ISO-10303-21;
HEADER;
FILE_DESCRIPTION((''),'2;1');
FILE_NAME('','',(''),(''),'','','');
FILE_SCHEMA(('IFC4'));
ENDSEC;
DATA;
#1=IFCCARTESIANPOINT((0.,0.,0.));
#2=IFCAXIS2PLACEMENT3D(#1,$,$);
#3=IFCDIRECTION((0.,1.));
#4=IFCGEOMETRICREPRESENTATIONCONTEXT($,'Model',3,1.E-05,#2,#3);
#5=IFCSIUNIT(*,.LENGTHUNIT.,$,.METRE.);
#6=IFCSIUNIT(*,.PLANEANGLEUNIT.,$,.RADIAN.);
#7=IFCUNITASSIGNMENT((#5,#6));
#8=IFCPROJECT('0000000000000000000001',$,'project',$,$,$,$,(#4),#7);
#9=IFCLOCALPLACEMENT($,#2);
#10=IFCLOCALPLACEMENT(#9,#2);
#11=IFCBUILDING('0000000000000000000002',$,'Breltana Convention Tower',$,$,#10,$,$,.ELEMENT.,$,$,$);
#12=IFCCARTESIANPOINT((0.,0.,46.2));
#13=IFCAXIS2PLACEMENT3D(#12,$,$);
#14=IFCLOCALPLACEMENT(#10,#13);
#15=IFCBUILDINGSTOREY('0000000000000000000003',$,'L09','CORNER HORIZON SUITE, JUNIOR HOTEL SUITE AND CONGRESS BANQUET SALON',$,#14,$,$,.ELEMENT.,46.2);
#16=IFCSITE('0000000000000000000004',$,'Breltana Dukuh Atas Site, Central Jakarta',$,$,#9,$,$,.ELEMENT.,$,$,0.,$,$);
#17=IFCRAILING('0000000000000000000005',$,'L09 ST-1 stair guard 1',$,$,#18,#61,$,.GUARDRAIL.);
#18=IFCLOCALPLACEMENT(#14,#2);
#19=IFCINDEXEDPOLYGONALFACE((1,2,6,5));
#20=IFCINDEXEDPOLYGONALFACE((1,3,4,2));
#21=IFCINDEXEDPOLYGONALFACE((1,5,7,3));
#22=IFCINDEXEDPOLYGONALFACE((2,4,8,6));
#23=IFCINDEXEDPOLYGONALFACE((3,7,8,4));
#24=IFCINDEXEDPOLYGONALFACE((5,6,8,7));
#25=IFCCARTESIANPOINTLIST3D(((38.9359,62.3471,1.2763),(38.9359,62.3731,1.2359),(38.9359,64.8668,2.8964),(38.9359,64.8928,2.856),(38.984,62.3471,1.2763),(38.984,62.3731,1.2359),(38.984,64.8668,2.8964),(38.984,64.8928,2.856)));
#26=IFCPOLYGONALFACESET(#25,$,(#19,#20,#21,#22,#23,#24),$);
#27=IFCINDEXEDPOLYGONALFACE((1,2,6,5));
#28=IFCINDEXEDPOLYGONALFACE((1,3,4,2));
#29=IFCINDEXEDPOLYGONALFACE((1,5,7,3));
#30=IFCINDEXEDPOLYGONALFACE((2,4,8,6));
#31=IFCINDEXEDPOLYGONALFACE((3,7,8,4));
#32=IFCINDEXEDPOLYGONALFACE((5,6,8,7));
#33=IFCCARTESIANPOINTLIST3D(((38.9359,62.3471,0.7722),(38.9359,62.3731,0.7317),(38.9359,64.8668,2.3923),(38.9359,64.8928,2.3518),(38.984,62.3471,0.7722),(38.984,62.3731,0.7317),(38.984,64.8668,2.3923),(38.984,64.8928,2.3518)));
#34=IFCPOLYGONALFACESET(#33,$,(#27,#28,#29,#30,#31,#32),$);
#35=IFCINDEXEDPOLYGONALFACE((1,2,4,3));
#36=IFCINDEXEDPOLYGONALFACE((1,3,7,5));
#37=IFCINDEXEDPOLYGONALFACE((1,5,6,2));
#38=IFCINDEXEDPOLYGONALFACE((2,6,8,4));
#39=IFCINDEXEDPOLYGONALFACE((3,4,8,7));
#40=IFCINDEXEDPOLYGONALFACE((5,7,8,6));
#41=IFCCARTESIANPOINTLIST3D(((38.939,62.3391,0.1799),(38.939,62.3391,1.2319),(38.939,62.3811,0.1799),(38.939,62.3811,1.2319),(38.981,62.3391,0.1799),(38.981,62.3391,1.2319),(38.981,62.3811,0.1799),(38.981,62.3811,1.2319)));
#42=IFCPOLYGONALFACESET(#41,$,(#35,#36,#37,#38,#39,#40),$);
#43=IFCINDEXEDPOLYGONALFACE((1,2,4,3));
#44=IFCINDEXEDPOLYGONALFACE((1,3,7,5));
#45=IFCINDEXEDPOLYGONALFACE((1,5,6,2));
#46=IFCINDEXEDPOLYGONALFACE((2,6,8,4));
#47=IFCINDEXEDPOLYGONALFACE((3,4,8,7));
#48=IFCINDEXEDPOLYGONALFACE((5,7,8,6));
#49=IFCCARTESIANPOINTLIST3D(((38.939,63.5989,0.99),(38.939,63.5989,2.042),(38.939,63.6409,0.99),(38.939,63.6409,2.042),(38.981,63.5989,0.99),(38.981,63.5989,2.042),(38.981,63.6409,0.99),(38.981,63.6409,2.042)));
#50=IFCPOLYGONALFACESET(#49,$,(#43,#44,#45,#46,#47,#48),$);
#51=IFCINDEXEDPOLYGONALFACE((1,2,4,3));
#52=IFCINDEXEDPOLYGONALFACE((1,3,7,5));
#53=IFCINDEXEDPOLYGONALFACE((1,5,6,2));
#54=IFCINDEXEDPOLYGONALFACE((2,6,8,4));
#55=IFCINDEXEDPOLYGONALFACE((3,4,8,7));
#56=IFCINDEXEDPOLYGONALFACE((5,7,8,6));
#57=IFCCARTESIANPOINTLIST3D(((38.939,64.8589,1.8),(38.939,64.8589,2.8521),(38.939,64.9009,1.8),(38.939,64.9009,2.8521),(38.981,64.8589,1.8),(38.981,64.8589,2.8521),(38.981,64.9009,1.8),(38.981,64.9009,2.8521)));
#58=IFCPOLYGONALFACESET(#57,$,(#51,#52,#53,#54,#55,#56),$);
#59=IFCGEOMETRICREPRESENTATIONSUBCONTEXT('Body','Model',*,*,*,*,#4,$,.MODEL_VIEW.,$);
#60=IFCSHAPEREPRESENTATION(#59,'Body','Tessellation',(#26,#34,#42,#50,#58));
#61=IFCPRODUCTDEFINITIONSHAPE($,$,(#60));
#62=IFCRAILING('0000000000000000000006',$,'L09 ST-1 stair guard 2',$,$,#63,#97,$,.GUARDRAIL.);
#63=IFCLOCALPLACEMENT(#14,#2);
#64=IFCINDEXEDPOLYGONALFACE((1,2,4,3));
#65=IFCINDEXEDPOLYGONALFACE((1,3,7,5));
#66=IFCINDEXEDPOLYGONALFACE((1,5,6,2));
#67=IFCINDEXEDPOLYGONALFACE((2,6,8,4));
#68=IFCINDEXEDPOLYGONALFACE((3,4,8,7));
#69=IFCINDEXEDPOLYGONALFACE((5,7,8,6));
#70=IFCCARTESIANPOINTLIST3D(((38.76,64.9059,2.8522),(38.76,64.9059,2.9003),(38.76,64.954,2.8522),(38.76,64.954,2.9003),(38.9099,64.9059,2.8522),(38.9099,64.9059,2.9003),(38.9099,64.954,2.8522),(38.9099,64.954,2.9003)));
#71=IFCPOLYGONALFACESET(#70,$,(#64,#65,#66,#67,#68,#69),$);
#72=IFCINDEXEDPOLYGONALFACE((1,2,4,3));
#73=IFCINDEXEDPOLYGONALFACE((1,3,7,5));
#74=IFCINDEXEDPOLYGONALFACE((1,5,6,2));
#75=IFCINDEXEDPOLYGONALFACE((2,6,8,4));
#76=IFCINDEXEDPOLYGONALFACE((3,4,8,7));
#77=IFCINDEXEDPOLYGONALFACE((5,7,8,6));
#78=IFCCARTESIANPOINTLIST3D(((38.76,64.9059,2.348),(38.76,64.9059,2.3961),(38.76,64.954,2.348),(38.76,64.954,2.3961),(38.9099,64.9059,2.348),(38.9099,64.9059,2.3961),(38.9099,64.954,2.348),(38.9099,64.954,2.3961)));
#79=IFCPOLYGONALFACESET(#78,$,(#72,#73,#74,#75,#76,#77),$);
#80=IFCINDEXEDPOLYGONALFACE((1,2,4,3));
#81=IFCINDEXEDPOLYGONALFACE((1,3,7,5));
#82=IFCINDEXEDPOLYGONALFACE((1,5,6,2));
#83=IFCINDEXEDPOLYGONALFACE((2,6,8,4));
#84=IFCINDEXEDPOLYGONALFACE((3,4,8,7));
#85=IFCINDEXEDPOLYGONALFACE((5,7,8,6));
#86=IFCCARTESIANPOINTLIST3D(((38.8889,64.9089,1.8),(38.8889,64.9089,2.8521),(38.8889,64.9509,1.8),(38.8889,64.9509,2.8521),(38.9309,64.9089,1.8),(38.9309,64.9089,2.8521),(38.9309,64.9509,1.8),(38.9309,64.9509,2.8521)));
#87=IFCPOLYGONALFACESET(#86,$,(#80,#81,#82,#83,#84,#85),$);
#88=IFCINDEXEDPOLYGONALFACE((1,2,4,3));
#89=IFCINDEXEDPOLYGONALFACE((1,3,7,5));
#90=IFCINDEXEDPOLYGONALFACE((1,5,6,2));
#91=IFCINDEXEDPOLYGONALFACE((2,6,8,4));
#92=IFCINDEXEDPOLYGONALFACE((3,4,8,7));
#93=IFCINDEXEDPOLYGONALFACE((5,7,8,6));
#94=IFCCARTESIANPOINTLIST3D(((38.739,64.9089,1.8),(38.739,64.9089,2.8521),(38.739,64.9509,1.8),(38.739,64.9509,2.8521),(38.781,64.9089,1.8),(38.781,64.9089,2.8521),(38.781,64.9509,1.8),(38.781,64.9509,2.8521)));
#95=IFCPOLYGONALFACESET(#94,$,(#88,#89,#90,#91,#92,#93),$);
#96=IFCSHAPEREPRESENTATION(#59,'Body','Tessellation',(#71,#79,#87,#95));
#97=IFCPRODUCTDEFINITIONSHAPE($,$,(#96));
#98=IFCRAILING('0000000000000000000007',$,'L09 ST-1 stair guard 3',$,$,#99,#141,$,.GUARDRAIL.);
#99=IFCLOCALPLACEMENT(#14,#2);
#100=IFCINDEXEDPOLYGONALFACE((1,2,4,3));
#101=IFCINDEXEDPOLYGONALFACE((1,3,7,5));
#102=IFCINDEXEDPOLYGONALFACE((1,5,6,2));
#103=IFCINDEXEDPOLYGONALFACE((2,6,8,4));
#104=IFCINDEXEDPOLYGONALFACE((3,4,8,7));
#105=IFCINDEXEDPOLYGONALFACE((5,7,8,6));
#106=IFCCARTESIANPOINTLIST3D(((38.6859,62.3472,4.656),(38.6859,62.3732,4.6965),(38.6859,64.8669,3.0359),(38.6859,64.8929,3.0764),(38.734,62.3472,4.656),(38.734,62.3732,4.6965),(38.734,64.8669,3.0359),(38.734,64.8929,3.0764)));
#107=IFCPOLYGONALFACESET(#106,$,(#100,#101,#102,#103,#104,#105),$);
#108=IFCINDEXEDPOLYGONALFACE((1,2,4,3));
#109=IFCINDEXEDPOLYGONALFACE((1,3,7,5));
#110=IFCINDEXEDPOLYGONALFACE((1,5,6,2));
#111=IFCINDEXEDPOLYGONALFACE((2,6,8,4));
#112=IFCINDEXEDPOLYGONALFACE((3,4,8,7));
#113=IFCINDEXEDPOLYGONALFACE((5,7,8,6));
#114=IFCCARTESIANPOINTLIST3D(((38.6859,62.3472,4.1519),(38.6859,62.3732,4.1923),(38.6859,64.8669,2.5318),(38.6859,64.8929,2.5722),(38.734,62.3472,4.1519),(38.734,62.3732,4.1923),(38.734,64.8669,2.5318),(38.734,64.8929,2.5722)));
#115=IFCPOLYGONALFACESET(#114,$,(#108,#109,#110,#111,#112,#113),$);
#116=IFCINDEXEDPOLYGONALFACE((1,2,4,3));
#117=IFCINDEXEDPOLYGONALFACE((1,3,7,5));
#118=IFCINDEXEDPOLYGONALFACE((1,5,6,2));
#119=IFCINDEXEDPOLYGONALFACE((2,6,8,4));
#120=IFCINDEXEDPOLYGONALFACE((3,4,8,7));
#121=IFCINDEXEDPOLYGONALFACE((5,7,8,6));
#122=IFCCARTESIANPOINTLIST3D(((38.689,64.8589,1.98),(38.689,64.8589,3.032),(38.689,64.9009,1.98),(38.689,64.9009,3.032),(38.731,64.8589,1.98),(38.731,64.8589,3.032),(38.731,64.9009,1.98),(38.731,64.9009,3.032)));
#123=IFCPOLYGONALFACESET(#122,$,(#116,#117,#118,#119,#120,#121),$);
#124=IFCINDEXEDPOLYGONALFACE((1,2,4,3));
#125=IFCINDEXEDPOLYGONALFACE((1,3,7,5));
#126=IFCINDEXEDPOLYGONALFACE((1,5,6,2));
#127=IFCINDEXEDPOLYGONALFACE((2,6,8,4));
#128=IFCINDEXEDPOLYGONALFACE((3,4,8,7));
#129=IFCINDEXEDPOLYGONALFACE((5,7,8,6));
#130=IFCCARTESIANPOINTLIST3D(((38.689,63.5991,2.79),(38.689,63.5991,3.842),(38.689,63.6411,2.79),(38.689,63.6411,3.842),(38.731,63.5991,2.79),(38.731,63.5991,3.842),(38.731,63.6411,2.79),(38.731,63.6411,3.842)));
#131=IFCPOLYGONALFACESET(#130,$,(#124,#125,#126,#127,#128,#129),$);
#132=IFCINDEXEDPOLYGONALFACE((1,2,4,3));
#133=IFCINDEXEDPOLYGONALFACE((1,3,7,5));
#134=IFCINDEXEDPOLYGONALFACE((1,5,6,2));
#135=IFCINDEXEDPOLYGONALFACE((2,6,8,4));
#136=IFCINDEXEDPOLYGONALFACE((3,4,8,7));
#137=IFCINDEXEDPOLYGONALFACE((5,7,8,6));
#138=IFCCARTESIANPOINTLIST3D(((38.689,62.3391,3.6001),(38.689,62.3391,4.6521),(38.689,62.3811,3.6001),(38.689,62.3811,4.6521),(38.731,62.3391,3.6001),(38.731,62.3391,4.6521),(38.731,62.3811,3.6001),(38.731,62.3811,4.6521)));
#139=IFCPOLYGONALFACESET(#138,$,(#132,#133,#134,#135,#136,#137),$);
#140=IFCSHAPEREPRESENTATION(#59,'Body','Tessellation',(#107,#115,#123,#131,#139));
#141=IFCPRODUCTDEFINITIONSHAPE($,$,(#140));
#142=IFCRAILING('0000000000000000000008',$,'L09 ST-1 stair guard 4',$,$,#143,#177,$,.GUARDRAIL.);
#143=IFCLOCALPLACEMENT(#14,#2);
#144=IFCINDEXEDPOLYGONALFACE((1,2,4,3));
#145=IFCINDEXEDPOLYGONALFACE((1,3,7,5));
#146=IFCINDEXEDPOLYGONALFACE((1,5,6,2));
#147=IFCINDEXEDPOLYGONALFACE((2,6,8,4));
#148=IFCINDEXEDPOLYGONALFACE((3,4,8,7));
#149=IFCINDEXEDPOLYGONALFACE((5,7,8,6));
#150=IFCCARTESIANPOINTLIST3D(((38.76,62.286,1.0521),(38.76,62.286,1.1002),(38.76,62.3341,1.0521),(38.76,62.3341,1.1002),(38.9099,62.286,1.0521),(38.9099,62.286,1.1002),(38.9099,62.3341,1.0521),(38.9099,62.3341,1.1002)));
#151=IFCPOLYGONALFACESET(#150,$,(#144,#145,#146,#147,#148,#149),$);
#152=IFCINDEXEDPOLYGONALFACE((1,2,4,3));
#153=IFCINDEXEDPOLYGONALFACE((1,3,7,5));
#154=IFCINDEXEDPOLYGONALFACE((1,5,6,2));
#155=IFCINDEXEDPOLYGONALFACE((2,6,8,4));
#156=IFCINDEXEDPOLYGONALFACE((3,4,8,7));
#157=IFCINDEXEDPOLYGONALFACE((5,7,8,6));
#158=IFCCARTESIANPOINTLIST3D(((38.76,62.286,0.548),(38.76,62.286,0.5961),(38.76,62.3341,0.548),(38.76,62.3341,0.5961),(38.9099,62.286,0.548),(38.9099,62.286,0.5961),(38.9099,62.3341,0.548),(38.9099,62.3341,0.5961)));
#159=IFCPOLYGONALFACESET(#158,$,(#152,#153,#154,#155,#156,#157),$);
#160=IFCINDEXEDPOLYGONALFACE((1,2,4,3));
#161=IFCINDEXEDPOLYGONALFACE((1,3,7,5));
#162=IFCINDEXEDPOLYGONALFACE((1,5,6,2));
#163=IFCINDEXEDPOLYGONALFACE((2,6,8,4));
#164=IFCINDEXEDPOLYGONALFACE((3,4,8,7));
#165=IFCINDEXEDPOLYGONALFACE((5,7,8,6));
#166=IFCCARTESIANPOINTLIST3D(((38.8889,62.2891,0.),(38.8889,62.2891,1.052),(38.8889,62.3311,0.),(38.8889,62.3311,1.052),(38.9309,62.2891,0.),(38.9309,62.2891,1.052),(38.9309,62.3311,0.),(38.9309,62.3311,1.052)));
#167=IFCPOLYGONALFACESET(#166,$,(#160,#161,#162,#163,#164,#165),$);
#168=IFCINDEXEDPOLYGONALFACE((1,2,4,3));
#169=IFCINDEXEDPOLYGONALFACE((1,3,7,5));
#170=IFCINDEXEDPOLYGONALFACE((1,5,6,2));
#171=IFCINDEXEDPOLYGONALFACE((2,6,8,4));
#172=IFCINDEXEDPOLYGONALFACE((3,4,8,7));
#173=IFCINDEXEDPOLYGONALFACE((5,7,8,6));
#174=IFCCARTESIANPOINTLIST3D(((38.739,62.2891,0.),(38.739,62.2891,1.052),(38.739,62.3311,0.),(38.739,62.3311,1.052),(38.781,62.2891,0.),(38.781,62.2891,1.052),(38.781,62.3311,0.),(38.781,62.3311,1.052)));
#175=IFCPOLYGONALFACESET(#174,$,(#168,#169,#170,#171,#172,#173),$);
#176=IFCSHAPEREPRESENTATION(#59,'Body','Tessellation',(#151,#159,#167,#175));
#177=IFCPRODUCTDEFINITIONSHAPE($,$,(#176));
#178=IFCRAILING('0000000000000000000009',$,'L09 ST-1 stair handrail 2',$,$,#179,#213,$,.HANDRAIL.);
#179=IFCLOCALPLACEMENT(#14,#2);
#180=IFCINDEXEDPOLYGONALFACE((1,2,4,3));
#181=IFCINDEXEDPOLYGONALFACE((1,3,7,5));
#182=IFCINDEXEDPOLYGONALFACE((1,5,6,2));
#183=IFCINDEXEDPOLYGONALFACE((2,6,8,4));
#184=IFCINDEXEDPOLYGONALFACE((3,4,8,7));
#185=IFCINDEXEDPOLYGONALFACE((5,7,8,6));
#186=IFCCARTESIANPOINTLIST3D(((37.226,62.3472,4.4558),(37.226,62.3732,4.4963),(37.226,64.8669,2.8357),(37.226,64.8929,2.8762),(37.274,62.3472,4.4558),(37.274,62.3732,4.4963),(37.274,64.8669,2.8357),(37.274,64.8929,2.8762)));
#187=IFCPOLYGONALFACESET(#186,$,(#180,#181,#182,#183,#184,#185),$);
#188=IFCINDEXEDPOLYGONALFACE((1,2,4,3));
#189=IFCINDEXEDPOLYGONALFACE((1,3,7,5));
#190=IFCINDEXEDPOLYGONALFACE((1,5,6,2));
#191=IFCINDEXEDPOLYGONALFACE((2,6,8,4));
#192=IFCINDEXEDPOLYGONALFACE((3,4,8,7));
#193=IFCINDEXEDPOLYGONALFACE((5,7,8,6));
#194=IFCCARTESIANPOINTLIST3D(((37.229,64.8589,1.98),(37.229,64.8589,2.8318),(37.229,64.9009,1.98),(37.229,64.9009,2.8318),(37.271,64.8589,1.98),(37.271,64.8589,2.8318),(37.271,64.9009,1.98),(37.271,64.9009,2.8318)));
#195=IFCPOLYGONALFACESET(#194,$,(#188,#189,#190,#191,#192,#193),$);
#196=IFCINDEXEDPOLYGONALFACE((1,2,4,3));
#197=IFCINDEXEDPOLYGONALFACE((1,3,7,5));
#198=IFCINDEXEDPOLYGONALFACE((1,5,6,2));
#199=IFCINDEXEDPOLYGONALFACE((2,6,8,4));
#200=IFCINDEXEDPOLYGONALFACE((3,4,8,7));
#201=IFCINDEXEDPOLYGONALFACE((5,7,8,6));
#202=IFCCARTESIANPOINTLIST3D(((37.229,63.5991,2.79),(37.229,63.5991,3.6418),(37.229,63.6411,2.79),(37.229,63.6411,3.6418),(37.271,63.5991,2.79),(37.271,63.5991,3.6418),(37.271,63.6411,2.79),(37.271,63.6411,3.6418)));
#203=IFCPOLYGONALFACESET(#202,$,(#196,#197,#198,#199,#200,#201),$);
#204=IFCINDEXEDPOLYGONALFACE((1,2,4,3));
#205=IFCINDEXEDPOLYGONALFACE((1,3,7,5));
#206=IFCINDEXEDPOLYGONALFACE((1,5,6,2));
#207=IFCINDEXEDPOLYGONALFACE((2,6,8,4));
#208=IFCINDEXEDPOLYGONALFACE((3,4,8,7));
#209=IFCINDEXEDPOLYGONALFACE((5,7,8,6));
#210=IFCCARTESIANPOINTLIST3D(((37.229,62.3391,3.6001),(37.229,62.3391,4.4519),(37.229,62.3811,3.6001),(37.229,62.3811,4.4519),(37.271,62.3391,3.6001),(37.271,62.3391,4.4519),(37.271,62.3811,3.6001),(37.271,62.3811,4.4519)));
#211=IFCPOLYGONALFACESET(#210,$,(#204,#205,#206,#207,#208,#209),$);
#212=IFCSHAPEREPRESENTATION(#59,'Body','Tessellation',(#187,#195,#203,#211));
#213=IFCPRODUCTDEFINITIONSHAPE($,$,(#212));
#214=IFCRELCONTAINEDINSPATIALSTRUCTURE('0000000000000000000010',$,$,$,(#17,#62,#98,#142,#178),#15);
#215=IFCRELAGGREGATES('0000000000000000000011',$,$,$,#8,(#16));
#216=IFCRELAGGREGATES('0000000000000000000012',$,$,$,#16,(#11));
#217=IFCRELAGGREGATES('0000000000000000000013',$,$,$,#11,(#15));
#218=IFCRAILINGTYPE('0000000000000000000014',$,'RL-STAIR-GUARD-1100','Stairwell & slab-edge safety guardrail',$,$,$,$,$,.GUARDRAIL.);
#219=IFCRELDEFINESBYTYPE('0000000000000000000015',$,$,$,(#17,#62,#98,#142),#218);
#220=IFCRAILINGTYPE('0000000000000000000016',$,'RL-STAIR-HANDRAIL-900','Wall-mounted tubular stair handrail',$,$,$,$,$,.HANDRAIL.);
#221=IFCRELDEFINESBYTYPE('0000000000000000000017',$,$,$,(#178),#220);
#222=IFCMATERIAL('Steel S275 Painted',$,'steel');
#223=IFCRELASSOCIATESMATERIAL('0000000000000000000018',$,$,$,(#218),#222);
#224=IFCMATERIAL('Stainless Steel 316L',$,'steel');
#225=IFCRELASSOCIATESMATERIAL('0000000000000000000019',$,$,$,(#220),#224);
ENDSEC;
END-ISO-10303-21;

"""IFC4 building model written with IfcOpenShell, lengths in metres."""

from ifc_helpers import new_model, si_unit, direction, frame, origin, origin_2d, place, context, subcontext, project, spatial, rectangle, extrude, material, type_object, element, save


model = new_model("IFC4")

# Units and contexts
model_context = context("Model", 3, precision=1e-05, world=origin(), true_north=direction((0.0, 1.0)))
body_context = subcontext(model_context, "Body", "Model", "MODEL_VIEW")
ifc_project = project(units=[si_unit("LENGTHUNIT", "METRE"), si_unit("PLANEANGLEUNIT", "RADIAN")], contexts=[model_context])

# Site, building, storey
site_placement = place(None, origin())
site = spatial("IfcSite", under=ifc_project, at=site_placement, Name="Breltana Dukuh Atas Site, Central Jakarta", CompositionType="ELEMENT", RefElevation=0.0)
building_placement = place(site_placement, origin())
building = spatial("IfcBuilding", under=site, at=building_placement, Name="Breltana Convention Tower", CompositionType="ELEMENT")
storey_placement = place(building_placement, frame((0.0, 0.0, 46.2)))
storey = spatial("IfcBuildingStorey", under=building, at=storey_placement, Name="L09", Description="CORNER HORIZON SUITE, JUNIOR HOTEL SUITE AND CONGRESS BANQUET SALON", CompositionType="ELEMENT", Elevation=46.2)

# Railings
ifc_material_1 = material(Name="Steel S275 Painted", Category="steel")
railing_type_1 = type_object("IfcRailingType", Name="RL-STAIR-GUARD-1100", Description="Stairwell & slab-edge safety guardrail", PredefinedType="GUARDRAIL", material=ifc_material_1)
railing_1_placement = place(storey_placement, frame((38.96, 62.3601, 0.1799)))
element("IfcRailing", 1, at=railing_1_placement, inside=storey, type_object=railing_type_1, Name="L09 ST-1 stair guard 1", PredefinedType="GUARDRAIL", context=body_context, shape_type="SweptSolid", body=[
    extrude(rectangle(XDim=0.0481, YDim=0.0481, at=origin_2d()), frame((0.0, 0.0, 1.0762), z_axis=(0.0, 0.841139, 0.540819), x_axis=(-1.0, 0.0, 0.0)), (0.0, 0.0, 1.0), 2.9956),
    extrude(rectangle(XDim=0.0481, YDim=0.0481, at=origin_2d()), frame((0.0, 0.0, 0.572), z_axis=(0.0, 0.841139, 0.540819), x_axis=(-1.0, 0.0, 0.0)), (0.0, 0.0, 1.0), 2.9956),
    extrude(rectangle(XDim=0.042, YDim=0.042, at=origin_2d()), origin(), (0.0, 0.0, 1.0), 1.052),
    extrude(rectangle(XDim=0.042, YDim=0.042, at=origin_2d()), frame((0.0, 1.2598, 0.8101)), (0.0, 0.0, 1.0), 1.052),
    extrude(rectangle(XDim=0.042, YDim=0.042, at=origin_2d()), frame((0.0, 2.5198, 1.6201)), (0.0, 0.0, 1.0), 1.052),
])
railing_2_placement = place(storey_placement, frame((38.9099, 64.9299, 1.8)))
element("IfcRailing", 2, at=railing_2_placement, inside=storey, type_object=railing_type_1, Name="L09 ST-1 stair guard 2", PredefinedType="GUARDRAIL", context=body_context, shape_type="SweptSolid", body=[
    extrude(rectangle(XDim=0.0481, YDim=0.0481, at=origin_2d()), frame((0.0, 0.0, 1.0762), z_axis=(-1.0, 0.0, 0.0), x_axis=(0.0, -1.0, 0.0)), (0.0, 0.0, 1.0), 0.1499),
    extrude(rectangle(XDim=0.0481, YDim=0.0481, at=origin_2d()), frame((0.0, 0.0, 0.572), z_axis=(-1.0, 0.0, 0.0), x_axis=(0.0, -1.0, 0.0)), (0.0, 0.0, 1.0), 0.1499),
    extrude(rectangle(XDim=0.042, YDim=0.042, at=origin_2d()), origin(), (0.0, 0.0, 1.0), 1.052),
    extrude(rectangle(XDim=0.042, YDim=0.042, at=origin_2d()), frame((-0.1499, 0.0, 0.0)), (0.0, 0.0, 1.0), 1.052),
])
railing_3_placement = place(storey_placement, frame((38.71, 64.8799, 1.98)))
element("IfcRailing", 3, at=railing_3_placement, inside=storey, type_object=railing_type_1, Name="L09 ST-1 stair guard 3", PredefinedType="GUARDRAIL", context=body_context, shape_type="SweptSolid", body=[
    extrude(rectangle(XDim=0.0481, YDim=0.0481, at=origin_2d()), frame((0.0, 0.0, 1.0762), z_axis=(0.0, -0.841139, 0.540819), x_axis=(1.0, 0.0, 0.0)), (0.0, 0.0, 1.0), 2.9956),
    extrude(rectangle(XDim=0.0481, YDim=0.0481, at=origin_2d()), frame((0.0, 0.0, 0.572), z_axis=(0.0, -0.841139, 0.540819), x_axis=(1.0, 0.0, 0.0)), (0.0, 0.0, 1.0), 2.9956),
    extrude(rectangle(XDim=0.042, YDim=0.042, at=origin_2d()), origin(), (0.0, 0.0, 1.0), 1.052),
    extrude(rectangle(XDim=0.042, YDim=0.042, at=origin_2d()), frame((0.0, -1.2598, 0.8101)), (0.0, 0.0, 1.0), 1.052),
    extrude(rectangle(XDim=0.042, YDim=0.042, at=origin_2d()), frame((0.0, -2.5198, 1.6201)), (0.0, 0.0, 1.0), 1.052),
])
railing_4_placement = place(storey_placement, frame((38.9099, 62.3101, 0.0)))
element("IfcRailing", 4, at=railing_4_placement, inside=storey, type_object=railing_type_1, Name="L09 ST-1 stair guard 4", PredefinedType="GUARDRAIL", context=body_context, shape_type="SweptSolid", body=[
    extrude(rectangle(XDim=0.0481, YDim=0.0481, at=origin_2d()), frame((0.0, 0.0, 1.0762), z_axis=(-1.0, 0.0, 0.0), x_axis=(0.0, -1.0, 0.0)), (0.0, 0.0, 1.0), 0.1499),
    extrude(rectangle(XDim=0.0481, YDim=0.0481, at=origin_2d()), frame((0.0, 0.0, 0.572), z_axis=(-1.0, 0.0, 0.0), x_axis=(0.0, -1.0, 0.0)), (0.0, 0.0, 1.0), 0.1499),
    extrude(rectangle(XDim=0.042, YDim=0.042, at=origin_2d()), origin(), (0.0, 0.0, 1.0), 1.052),
    extrude(rectangle(XDim=0.042, YDim=0.042, at=origin_2d()), frame((-0.1499, 0.0, 0.0)), (0.0, 0.0, 1.0), 1.052),
])
ifc_material_2 = material(Name="Stainless Steel 316L", Category="steel")
railing_type_2 = type_object("IfcRailingType", Name="RL-STAIR-HANDRAIL-900", Description="Wall-mounted tubular stair handrail", PredefinedType="HANDRAIL", material=ifc_material_2)
railing_5_placement = place(storey_placement, frame((37.25, 64.8799, 1.98)))
element("IfcRailing", 5, at=railing_5_placement, inside=storey, type_object=railing_type_2, Name="L09 ST-1 stair handrail 2", PredefinedType="HANDRAIL", context=body_context, shape_type="SweptSolid", body=[
    extrude(rectangle(XDim=0.0481, YDim=0.0481, at=origin_2d()), frame((0.0, 0.0, 0.876), z_axis=(0.0, -0.841139, 0.540819), x_axis=(1.0, 0.0, 0.0)), (0.0, 0.0, 1.0), 2.9956),
    extrude(rectangle(XDim=0.042, YDim=0.042, at=origin_2d()), origin(), (0.0, 0.0, 1.0), 0.8518),
    extrude(rectangle(XDim=0.042, YDim=0.042, at=origin_2d()), frame((0.0, -1.2598, 0.8101)), (0.0, 0.0, 1.0), 0.8518),
    extrude(rectangle(XDim=0.042, YDim=0.042, at=origin_2d()), frame((0.0, -2.5198, 1.6201)), (0.0, 0.0, 1.0), 0.8518),
])

save(model, "model.ifc")
